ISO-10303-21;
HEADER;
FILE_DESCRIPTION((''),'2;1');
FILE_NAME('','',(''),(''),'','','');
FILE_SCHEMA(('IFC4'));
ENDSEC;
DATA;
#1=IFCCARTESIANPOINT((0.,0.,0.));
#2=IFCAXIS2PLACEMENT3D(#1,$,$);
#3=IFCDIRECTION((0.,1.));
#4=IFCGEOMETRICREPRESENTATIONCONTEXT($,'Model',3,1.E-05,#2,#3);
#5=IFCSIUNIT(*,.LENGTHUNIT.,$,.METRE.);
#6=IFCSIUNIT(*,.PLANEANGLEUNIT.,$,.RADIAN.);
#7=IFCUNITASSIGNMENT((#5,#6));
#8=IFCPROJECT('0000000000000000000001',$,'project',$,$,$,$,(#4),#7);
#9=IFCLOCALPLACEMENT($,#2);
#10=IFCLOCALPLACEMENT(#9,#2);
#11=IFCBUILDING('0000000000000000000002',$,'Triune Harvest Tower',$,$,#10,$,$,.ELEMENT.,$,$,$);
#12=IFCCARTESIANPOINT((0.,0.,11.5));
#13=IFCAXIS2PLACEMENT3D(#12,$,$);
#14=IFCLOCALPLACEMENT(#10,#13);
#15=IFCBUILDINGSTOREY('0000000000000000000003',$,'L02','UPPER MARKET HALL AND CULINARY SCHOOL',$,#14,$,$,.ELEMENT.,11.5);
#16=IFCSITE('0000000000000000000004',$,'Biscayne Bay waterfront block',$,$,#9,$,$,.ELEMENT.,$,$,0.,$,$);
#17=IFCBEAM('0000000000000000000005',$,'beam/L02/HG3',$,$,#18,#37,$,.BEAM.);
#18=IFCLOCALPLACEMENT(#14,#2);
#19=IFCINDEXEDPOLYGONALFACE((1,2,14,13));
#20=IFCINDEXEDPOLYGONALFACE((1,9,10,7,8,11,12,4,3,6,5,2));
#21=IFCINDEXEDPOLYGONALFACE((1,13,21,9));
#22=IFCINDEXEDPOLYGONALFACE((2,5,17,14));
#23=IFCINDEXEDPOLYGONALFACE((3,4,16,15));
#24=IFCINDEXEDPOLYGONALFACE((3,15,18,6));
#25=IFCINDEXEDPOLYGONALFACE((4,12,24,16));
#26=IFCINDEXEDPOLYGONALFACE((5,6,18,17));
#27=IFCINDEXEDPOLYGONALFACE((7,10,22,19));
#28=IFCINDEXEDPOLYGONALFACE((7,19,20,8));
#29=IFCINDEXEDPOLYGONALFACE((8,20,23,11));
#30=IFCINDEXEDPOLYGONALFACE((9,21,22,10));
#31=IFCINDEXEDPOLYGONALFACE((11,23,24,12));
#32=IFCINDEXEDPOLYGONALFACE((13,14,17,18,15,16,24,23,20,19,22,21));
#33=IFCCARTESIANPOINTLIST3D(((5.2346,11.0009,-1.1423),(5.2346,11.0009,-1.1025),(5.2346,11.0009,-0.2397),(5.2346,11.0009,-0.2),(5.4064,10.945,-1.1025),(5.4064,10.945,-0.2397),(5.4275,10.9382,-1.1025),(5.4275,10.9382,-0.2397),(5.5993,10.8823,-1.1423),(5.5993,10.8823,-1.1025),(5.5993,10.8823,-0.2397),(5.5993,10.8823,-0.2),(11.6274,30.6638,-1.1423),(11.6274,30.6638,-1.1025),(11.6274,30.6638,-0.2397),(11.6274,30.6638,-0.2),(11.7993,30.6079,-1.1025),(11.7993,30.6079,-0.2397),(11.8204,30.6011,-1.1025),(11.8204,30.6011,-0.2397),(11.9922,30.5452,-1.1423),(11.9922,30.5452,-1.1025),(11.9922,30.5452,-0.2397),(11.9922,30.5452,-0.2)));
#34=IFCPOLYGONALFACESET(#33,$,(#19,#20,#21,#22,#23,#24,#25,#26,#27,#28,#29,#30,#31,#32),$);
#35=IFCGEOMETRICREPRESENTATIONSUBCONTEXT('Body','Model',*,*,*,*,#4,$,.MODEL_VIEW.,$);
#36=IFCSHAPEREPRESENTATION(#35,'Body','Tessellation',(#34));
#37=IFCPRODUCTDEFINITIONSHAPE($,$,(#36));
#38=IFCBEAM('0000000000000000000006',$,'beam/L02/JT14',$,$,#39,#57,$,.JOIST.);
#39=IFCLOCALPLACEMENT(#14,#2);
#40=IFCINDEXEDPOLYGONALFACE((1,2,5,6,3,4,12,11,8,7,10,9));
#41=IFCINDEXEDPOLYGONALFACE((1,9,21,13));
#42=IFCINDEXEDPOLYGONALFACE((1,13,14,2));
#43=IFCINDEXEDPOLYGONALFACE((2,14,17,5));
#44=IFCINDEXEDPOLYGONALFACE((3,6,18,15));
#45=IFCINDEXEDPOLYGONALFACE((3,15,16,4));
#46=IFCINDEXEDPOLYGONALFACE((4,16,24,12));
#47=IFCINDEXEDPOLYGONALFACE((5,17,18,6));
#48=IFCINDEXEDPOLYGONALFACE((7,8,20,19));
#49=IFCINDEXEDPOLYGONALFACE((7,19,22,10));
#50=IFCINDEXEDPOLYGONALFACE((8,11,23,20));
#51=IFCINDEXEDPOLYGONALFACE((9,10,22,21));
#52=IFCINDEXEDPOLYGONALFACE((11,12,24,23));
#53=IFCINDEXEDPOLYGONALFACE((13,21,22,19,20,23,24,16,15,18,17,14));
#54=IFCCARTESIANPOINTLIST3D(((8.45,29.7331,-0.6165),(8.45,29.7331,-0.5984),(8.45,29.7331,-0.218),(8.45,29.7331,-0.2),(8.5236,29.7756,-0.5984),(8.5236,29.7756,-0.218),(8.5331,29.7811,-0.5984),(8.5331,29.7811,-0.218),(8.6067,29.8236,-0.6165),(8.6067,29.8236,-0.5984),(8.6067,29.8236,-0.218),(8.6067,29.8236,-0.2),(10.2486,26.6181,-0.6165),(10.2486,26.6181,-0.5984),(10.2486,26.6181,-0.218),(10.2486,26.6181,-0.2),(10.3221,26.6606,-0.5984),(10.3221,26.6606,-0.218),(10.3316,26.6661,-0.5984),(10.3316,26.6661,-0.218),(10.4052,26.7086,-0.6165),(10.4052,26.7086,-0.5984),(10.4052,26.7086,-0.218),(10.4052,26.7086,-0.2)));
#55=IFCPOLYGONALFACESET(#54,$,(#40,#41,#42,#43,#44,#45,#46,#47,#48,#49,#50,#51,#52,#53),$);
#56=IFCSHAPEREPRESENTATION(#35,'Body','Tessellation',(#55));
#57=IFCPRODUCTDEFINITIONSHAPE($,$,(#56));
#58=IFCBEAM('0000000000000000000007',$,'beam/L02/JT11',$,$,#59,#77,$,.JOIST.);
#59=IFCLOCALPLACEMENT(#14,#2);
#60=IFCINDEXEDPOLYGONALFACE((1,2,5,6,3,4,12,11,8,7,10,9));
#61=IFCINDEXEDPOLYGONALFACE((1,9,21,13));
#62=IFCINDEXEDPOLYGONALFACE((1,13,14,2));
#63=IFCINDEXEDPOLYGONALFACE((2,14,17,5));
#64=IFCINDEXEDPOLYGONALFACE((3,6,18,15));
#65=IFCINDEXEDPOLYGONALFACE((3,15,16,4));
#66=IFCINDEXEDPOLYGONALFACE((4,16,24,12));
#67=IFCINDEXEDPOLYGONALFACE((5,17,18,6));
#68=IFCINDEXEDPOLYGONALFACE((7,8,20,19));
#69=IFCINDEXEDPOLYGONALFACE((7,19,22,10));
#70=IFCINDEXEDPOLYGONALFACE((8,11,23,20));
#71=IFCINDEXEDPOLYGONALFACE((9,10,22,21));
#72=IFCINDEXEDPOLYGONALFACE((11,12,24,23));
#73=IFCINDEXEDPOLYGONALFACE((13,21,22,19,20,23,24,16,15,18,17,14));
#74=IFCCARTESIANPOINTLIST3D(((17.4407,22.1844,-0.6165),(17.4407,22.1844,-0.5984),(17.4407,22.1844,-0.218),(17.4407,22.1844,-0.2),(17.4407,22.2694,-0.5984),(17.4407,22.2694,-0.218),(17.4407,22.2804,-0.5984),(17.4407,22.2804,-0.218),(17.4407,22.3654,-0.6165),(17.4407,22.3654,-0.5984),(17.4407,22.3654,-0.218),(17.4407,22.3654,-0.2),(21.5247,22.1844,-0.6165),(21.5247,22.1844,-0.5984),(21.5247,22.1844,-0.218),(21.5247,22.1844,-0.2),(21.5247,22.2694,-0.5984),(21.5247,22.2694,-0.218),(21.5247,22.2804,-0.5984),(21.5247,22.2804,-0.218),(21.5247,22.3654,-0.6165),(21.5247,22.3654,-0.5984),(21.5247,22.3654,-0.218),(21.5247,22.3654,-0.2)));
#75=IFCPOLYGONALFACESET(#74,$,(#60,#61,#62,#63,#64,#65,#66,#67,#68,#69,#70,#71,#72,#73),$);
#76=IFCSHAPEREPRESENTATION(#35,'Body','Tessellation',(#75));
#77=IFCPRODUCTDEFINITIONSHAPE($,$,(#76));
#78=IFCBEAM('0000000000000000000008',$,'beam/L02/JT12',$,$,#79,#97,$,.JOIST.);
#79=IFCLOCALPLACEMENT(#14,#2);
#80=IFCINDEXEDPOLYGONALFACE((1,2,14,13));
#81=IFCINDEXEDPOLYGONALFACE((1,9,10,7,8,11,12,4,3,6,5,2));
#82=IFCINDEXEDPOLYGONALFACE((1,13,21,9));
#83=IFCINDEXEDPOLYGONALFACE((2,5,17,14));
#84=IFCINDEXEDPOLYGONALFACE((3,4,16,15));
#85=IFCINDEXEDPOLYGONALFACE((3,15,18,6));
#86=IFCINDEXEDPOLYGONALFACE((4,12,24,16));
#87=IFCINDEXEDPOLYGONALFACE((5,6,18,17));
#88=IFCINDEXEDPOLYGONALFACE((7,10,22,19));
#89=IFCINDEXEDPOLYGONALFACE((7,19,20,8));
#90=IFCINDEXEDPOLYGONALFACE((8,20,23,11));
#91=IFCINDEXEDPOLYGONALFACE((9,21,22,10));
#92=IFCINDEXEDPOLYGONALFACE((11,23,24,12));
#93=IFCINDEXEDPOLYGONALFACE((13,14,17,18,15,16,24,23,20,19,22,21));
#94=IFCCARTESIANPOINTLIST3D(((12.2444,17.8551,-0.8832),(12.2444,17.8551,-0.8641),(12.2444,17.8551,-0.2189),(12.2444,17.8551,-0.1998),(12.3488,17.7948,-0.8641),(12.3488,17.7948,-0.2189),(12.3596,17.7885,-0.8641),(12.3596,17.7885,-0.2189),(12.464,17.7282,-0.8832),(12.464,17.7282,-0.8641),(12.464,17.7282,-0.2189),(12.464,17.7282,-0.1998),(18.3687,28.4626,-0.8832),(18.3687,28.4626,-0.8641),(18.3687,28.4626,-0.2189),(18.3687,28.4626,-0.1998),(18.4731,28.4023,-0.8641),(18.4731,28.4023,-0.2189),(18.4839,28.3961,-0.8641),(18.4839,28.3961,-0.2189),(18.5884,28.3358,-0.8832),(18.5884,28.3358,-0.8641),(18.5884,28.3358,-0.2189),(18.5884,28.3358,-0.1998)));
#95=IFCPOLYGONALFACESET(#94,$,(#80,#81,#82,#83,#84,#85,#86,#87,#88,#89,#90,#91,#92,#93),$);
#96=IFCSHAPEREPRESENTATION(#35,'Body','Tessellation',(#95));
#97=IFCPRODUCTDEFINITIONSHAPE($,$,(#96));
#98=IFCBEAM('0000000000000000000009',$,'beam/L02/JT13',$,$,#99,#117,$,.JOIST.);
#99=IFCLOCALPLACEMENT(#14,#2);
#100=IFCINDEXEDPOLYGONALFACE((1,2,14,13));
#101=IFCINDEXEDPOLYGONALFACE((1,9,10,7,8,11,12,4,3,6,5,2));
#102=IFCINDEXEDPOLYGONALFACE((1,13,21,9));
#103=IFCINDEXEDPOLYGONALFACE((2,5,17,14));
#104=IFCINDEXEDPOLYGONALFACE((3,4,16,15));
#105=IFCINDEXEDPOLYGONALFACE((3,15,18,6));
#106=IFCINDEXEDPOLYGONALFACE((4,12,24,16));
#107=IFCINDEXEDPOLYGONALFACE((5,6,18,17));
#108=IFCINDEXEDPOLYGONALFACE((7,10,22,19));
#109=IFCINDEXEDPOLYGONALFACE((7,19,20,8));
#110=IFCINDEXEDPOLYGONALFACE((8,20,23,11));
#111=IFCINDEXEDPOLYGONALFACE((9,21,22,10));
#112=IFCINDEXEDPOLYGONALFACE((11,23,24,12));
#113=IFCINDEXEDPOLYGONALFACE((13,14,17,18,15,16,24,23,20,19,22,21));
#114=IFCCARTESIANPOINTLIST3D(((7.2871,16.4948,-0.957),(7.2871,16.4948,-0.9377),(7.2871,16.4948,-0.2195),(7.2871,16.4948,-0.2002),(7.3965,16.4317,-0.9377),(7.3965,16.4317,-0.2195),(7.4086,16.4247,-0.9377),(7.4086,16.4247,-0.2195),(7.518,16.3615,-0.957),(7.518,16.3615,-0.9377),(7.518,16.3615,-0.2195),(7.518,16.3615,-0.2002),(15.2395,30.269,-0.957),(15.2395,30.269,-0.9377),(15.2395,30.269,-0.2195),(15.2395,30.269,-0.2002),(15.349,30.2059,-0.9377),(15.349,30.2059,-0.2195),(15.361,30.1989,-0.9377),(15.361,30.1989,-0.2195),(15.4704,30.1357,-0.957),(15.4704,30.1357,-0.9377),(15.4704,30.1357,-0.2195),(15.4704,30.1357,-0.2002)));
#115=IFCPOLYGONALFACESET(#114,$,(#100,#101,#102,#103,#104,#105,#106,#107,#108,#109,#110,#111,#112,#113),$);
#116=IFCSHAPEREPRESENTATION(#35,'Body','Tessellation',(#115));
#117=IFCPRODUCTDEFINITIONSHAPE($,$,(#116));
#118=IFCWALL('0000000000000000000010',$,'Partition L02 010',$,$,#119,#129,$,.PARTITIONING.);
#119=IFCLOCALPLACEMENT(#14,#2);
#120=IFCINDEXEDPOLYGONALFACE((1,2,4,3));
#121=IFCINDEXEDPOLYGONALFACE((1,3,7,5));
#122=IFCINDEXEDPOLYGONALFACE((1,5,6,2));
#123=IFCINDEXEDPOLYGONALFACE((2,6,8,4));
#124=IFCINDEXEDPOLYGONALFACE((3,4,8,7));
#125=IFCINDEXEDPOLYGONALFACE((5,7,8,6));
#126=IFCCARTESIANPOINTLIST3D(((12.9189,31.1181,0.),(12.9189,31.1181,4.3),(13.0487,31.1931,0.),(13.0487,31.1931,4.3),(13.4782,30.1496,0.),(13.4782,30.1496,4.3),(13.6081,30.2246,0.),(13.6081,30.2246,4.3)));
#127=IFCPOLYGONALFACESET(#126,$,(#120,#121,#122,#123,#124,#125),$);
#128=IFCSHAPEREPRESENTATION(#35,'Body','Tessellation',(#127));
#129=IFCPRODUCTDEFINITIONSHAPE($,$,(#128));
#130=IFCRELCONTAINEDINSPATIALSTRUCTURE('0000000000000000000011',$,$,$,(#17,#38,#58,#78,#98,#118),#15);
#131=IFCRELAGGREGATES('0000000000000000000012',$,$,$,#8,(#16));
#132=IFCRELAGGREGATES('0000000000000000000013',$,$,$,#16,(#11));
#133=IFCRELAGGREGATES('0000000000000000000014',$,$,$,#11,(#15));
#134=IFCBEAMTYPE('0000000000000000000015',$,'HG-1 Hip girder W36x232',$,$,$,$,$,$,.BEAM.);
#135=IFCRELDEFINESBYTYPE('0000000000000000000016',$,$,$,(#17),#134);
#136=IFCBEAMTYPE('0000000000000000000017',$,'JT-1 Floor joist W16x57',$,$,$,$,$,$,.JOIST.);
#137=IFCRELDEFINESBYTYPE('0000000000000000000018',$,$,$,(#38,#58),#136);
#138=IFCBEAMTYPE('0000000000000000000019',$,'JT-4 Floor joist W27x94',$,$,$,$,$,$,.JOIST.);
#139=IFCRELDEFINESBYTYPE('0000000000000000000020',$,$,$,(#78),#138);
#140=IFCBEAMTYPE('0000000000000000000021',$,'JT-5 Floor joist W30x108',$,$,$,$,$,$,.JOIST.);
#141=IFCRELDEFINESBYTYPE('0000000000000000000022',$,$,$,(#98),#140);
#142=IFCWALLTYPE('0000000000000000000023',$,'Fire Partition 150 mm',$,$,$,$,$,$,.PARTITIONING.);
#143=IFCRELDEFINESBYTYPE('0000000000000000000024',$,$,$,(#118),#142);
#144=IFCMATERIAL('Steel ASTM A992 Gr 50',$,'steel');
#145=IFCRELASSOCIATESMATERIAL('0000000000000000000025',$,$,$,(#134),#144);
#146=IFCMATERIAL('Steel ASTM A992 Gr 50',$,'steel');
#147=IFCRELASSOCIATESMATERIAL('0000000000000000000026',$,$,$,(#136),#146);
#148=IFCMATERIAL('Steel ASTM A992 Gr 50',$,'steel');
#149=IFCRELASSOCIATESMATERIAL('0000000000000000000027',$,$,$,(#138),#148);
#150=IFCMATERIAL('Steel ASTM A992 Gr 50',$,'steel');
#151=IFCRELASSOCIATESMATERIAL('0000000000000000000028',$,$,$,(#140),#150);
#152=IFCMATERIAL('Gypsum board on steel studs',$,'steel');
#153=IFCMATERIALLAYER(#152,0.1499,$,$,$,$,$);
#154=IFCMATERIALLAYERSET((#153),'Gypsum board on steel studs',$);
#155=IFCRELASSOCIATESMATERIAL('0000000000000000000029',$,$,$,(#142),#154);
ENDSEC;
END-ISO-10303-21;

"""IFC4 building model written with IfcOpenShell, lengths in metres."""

from ifc_helpers import new_model, si_unit, direction, frame, frame_2d, origin, origin_2d, place, context, subcontext, project, spatial, rectangle, i_section, extrude, source, transform, mapped, material, layer, layer_set, material_profile, profile_set, type_object, element, save


model = new_model("IFC4")

# Units and contexts
model_context = context("Model", 3, precision=1e-05, world=origin(), true_north=direction((0.0, 1.0)))
body_context = subcontext(model_context, "Body", "Model", "MODEL_VIEW")
ifc_project = project(units=[si_unit("LENGTHUNIT", "METRE"), si_unit("PLANEANGLEUNIT", "RADIAN")], contexts=[model_context])

# Site, building, storey
site_placement = place(None, origin())
site = spatial("IfcSite", under=ifc_project, at=site_placement, Name="Biscayne Bay waterfront block", CompositionType="ELEMENT", RefElevation=0.0)
building_placement = place(site_placement, origin())
building = spatial("IfcBuilding", under=site, at=building_placement, Name="Triune Harvest Tower", CompositionType="ELEMENT")
storey_placement = place(building_placement, frame((0.0, 0.0, 11.5)))
storey = spatial("IfcBuildingStorey", under=building, at=storey_placement, Name="L02", Description="UPPER MARKET HALL AND CULINARY SCHOOL", CompositionType="ELEMENT", Elevation=11.5)

# Beams
ifc_material_1 = material(Name="Steel ASTM A992 Gr 50", Category="steel")
ifc_material_profile_1 = material_profile(ifc_material_1, i_section(OverallWidth=0.3835, OverallDepth=0.9424, WebThickness=0.0222, FlangeThickness=0.0398, at=origin_2d()), Name="W36x232")
ifc_profile_set_1 = profile_set([ifc_material_profile_1], Name="Steel ASTM A992 Gr 50")
beam_type_1 = type_object("IfcBeamType", Name="HG-1 Hip girder W36x232", PredefinedType="BEAM", material=ifc_profile_set_1)
shared_shape_1 = source(origin(), body_context, "Body", "SweptSolid", [
    extrude(i_section(OverallWidth=0.3835, OverallDepth=0.9424, WebThickness=0.0222, FlangeThickness=0.0398, at=origin_2d()), origin(), (0.0, 0.0, 1.0), 20.676),
])
beam_1_placement = place(storey_placement, frame((11.8098, 30.6045, -0.6711), z_axis=(-0.309191, -0.951, 0.0), x_axis=(0.951, -0.309191, 0.0)))
element("IfcBeam", 1, at=beam_1_placement, inside=storey, type_object=beam_type_1, Name="beam/L02/HG3", PredefinedType="BEAM", context=body_context, shape_type="MappedRepresentation", body=[
    mapped(shared_shape_1, transform((0.0, 0.0, 0.0), scale=1.0)),
])
ifc_material_2 = material(Name="Steel ASTM A992 Gr 50", Category="steel")
ifc_material_profile_2 = material_profile(ifc_material_2, i_section(OverallWidth=0.1809, OverallDepth=0.4165, WebThickness=0.011, FlangeThickness=0.0181, at=origin_2d()), Name="W16x57")
ifc_profile_set_2 = profile_set([ifc_material_profile_2], Name="Steel ASTM A992 Gr 50")
beam_type_2 = type_object("IfcBeamType", Name="JT-1 Floor joist W16x57", PredefinedType="JOIST", material=ifc_profile_set_2)
shared_shape_2 = source(origin(), body_context, "Body", "SweptSolid", [
    extrude(i_section(OverallWidth=0.1809, OverallDepth=0.4165, WebThickness=0.011, FlangeThickness=0.0181, at=origin_2d()), origin(), (0.0, 0.0, 1.0), 3.5969),
])
beam_2_placement = place(storey_placement, frame((8.5283, 29.7783, -0.4082), z_axis=(0.50003, -0.866008, 0.0), x_axis=(0.866008, 0.50003, 0.0)))
element("IfcBeam", 2, at=beam_2_placement, inside=storey, type_object=beam_type_2, Name="beam/L02/JT14", PredefinedType="JOIST", context=body_context, shape_type="MappedRepresentation", body=[
    mapped(shared_shape_2, transform((0.0, 0.0, 0.0), scale=1.0)),
])
shared_shape_3 = source(origin(), body_context, "Body", "SweptSolid", [
    extrude(i_section(OverallWidth=0.1809, OverallDepth=0.4165, WebThickness=0.011, FlangeThickness=0.0181, at=origin_2d()), origin(), (0.0, 0.0, 1.0), 4.084),
])
beam_3_placement = place(storey_placement, frame((21.5247, 22.2749, -0.4082), z_axis=(-1.0, 0.0, 0.0), x_axis=(0.0, -1.0, 0.0)))
element("IfcBeam", 3, at=beam_3_placement, inside=storey, type_object=beam_type_2, Name="beam/L02/JT11", PredefinedType="JOIST", context=body_context, shape_type="MappedRepresentation", body=[
    mapped(shared_shape_3, transform((0.0, 0.0, 0.0), scale=1.0)),
])
ifc_material_3 = material(Name="Steel ASTM A992 Gr 50", Category="steel")
ifc_material_profile_3 = material_profile(ifc_material_3, i_section(OverallWidth=0.2537, OverallDepth=0.6833, WebThickness=0.0125, FlangeThickness=0.019, at=origin_2d()), Name="W27x94")
ifc_profile_set_3 = profile_set([ifc_material_profile_3], Name="Steel ASTM A992 Gr 50")
beam_type_3 = type_object("IfcBeamType", Name="JT-4 Floor joist W27x94", PredefinedType="JOIST", material=ifc_profile_set_3)
shared_shape_4 = source(origin(), body_context, "Body", "SweptSolid", [
    extrude(i_section(OverallWidth=0.2537, OverallDepth=0.6833, WebThickness=0.0125, FlangeThickness=0.019, at=origin_2d()), origin(), (0.0, 0.0, 1.0), 12.2485),
])
beam_4_placement = place(storey_placement, frame((18.4785, 28.3992, -0.5415), z_axis=(-0.500004, -0.866023, 0.0), x_axis=(0.866023, -0.500004, 0.0)))
element("IfcBeam", 4, at=beam_4_placement, inside=storey, type_object=beam_type_3, Name="beam/L02/JT12", PredefinedType="JOIST", context=body_context, shape_type="MappedRepresentation", body=[
    mapped(shared_shape_4, transform((0.0, 0.0, 0.0), scale=1.0)),
])
ifc_material_4 = material(Name="Steel ASTM A992 Gr 50", Category="steel")
ifc_material_profile_4 = material_profile(ifc_material_4, i_section(OverallWidth=0.2666, OverallDepth=0.7568, WebThickness=0.0139, FlangeThickness=0.0193, at=origin_2d()), Name="W30x108")
ifc_profile_set_4 = profile_set([ifc_material_profile_4], Name="Steel ASTM A992 Gr 50")
beam_type_4 = type_object("IfcBeamType", Name="JT-5 Floor joist W30x108", PredefinedType="JOIST", material=ifc_profile_set_4)
shared_shape_5 = source(origin(), body_context, "Body", "SweptSolid", [
    extrude(i_section(OverallWidth=0.2666, OverallDepth=0.7568, WebThickness=0.0139, FlangeThickness=0.0193, at=origin_2d()), origin(), (0.0, 0.0, 1.0), 15.905),
])
beam_5_placement = place(storey_placement, frame((15.355, 30.2024, -0.5786), z_axis=(-0.499994, -0.866029, 0.0), x_axis=(0.866029, -0.499994, 0.0)))
element("IfcBeam", 5, at=beam_5_placement, inside=storey, type_object=beam_type_4, Name="beam/L02/JT13", PredefinedType="JOIST", context=body_context, shape_type="MappedRepresentation", body=[
    mapped(shared_shape_5, transform((0.0, 0.0, 0.0), scale=1.0)),
])

# Wall
ifc_material_5 = material(Name="Gypsum board on steel studs", Category="steel")
ifc_layer_1 = layer(ifc_material_5, 0.1499)
ifc_layer_set_1 = layer_set([ifc_layer_1], Name="Gypsum board on steel studs")
wall_type_1 = type_object("IfcWallType", Name="Fire Partition 150 mm", PredefinedType="PARTITIONING", material=ifc_layer_set_1)
wall_1_placement = place(storey_placement, frame((12.9839, 31.1555, 0.0), z_axis=(0.0, 0.0, 1.0), x_axis=(0.500107, -0.865964, 0.0)))
element("IfcWall", 6, at=wall_1_placement, inside=storey, type_object=wall_type_1, Name="Partition L02 010", PredefinedType="PARTITIONING", context=body_context, shape_type="SweptSolid", body=[
    extrude(rectangle(XDim=1.1184, YDim=0.1499, at=frame_2d((0.5591, 0.0))), origin(), (0.0, 0.0, 1.0), 4.3),
])

save(model, "model.ifc")
